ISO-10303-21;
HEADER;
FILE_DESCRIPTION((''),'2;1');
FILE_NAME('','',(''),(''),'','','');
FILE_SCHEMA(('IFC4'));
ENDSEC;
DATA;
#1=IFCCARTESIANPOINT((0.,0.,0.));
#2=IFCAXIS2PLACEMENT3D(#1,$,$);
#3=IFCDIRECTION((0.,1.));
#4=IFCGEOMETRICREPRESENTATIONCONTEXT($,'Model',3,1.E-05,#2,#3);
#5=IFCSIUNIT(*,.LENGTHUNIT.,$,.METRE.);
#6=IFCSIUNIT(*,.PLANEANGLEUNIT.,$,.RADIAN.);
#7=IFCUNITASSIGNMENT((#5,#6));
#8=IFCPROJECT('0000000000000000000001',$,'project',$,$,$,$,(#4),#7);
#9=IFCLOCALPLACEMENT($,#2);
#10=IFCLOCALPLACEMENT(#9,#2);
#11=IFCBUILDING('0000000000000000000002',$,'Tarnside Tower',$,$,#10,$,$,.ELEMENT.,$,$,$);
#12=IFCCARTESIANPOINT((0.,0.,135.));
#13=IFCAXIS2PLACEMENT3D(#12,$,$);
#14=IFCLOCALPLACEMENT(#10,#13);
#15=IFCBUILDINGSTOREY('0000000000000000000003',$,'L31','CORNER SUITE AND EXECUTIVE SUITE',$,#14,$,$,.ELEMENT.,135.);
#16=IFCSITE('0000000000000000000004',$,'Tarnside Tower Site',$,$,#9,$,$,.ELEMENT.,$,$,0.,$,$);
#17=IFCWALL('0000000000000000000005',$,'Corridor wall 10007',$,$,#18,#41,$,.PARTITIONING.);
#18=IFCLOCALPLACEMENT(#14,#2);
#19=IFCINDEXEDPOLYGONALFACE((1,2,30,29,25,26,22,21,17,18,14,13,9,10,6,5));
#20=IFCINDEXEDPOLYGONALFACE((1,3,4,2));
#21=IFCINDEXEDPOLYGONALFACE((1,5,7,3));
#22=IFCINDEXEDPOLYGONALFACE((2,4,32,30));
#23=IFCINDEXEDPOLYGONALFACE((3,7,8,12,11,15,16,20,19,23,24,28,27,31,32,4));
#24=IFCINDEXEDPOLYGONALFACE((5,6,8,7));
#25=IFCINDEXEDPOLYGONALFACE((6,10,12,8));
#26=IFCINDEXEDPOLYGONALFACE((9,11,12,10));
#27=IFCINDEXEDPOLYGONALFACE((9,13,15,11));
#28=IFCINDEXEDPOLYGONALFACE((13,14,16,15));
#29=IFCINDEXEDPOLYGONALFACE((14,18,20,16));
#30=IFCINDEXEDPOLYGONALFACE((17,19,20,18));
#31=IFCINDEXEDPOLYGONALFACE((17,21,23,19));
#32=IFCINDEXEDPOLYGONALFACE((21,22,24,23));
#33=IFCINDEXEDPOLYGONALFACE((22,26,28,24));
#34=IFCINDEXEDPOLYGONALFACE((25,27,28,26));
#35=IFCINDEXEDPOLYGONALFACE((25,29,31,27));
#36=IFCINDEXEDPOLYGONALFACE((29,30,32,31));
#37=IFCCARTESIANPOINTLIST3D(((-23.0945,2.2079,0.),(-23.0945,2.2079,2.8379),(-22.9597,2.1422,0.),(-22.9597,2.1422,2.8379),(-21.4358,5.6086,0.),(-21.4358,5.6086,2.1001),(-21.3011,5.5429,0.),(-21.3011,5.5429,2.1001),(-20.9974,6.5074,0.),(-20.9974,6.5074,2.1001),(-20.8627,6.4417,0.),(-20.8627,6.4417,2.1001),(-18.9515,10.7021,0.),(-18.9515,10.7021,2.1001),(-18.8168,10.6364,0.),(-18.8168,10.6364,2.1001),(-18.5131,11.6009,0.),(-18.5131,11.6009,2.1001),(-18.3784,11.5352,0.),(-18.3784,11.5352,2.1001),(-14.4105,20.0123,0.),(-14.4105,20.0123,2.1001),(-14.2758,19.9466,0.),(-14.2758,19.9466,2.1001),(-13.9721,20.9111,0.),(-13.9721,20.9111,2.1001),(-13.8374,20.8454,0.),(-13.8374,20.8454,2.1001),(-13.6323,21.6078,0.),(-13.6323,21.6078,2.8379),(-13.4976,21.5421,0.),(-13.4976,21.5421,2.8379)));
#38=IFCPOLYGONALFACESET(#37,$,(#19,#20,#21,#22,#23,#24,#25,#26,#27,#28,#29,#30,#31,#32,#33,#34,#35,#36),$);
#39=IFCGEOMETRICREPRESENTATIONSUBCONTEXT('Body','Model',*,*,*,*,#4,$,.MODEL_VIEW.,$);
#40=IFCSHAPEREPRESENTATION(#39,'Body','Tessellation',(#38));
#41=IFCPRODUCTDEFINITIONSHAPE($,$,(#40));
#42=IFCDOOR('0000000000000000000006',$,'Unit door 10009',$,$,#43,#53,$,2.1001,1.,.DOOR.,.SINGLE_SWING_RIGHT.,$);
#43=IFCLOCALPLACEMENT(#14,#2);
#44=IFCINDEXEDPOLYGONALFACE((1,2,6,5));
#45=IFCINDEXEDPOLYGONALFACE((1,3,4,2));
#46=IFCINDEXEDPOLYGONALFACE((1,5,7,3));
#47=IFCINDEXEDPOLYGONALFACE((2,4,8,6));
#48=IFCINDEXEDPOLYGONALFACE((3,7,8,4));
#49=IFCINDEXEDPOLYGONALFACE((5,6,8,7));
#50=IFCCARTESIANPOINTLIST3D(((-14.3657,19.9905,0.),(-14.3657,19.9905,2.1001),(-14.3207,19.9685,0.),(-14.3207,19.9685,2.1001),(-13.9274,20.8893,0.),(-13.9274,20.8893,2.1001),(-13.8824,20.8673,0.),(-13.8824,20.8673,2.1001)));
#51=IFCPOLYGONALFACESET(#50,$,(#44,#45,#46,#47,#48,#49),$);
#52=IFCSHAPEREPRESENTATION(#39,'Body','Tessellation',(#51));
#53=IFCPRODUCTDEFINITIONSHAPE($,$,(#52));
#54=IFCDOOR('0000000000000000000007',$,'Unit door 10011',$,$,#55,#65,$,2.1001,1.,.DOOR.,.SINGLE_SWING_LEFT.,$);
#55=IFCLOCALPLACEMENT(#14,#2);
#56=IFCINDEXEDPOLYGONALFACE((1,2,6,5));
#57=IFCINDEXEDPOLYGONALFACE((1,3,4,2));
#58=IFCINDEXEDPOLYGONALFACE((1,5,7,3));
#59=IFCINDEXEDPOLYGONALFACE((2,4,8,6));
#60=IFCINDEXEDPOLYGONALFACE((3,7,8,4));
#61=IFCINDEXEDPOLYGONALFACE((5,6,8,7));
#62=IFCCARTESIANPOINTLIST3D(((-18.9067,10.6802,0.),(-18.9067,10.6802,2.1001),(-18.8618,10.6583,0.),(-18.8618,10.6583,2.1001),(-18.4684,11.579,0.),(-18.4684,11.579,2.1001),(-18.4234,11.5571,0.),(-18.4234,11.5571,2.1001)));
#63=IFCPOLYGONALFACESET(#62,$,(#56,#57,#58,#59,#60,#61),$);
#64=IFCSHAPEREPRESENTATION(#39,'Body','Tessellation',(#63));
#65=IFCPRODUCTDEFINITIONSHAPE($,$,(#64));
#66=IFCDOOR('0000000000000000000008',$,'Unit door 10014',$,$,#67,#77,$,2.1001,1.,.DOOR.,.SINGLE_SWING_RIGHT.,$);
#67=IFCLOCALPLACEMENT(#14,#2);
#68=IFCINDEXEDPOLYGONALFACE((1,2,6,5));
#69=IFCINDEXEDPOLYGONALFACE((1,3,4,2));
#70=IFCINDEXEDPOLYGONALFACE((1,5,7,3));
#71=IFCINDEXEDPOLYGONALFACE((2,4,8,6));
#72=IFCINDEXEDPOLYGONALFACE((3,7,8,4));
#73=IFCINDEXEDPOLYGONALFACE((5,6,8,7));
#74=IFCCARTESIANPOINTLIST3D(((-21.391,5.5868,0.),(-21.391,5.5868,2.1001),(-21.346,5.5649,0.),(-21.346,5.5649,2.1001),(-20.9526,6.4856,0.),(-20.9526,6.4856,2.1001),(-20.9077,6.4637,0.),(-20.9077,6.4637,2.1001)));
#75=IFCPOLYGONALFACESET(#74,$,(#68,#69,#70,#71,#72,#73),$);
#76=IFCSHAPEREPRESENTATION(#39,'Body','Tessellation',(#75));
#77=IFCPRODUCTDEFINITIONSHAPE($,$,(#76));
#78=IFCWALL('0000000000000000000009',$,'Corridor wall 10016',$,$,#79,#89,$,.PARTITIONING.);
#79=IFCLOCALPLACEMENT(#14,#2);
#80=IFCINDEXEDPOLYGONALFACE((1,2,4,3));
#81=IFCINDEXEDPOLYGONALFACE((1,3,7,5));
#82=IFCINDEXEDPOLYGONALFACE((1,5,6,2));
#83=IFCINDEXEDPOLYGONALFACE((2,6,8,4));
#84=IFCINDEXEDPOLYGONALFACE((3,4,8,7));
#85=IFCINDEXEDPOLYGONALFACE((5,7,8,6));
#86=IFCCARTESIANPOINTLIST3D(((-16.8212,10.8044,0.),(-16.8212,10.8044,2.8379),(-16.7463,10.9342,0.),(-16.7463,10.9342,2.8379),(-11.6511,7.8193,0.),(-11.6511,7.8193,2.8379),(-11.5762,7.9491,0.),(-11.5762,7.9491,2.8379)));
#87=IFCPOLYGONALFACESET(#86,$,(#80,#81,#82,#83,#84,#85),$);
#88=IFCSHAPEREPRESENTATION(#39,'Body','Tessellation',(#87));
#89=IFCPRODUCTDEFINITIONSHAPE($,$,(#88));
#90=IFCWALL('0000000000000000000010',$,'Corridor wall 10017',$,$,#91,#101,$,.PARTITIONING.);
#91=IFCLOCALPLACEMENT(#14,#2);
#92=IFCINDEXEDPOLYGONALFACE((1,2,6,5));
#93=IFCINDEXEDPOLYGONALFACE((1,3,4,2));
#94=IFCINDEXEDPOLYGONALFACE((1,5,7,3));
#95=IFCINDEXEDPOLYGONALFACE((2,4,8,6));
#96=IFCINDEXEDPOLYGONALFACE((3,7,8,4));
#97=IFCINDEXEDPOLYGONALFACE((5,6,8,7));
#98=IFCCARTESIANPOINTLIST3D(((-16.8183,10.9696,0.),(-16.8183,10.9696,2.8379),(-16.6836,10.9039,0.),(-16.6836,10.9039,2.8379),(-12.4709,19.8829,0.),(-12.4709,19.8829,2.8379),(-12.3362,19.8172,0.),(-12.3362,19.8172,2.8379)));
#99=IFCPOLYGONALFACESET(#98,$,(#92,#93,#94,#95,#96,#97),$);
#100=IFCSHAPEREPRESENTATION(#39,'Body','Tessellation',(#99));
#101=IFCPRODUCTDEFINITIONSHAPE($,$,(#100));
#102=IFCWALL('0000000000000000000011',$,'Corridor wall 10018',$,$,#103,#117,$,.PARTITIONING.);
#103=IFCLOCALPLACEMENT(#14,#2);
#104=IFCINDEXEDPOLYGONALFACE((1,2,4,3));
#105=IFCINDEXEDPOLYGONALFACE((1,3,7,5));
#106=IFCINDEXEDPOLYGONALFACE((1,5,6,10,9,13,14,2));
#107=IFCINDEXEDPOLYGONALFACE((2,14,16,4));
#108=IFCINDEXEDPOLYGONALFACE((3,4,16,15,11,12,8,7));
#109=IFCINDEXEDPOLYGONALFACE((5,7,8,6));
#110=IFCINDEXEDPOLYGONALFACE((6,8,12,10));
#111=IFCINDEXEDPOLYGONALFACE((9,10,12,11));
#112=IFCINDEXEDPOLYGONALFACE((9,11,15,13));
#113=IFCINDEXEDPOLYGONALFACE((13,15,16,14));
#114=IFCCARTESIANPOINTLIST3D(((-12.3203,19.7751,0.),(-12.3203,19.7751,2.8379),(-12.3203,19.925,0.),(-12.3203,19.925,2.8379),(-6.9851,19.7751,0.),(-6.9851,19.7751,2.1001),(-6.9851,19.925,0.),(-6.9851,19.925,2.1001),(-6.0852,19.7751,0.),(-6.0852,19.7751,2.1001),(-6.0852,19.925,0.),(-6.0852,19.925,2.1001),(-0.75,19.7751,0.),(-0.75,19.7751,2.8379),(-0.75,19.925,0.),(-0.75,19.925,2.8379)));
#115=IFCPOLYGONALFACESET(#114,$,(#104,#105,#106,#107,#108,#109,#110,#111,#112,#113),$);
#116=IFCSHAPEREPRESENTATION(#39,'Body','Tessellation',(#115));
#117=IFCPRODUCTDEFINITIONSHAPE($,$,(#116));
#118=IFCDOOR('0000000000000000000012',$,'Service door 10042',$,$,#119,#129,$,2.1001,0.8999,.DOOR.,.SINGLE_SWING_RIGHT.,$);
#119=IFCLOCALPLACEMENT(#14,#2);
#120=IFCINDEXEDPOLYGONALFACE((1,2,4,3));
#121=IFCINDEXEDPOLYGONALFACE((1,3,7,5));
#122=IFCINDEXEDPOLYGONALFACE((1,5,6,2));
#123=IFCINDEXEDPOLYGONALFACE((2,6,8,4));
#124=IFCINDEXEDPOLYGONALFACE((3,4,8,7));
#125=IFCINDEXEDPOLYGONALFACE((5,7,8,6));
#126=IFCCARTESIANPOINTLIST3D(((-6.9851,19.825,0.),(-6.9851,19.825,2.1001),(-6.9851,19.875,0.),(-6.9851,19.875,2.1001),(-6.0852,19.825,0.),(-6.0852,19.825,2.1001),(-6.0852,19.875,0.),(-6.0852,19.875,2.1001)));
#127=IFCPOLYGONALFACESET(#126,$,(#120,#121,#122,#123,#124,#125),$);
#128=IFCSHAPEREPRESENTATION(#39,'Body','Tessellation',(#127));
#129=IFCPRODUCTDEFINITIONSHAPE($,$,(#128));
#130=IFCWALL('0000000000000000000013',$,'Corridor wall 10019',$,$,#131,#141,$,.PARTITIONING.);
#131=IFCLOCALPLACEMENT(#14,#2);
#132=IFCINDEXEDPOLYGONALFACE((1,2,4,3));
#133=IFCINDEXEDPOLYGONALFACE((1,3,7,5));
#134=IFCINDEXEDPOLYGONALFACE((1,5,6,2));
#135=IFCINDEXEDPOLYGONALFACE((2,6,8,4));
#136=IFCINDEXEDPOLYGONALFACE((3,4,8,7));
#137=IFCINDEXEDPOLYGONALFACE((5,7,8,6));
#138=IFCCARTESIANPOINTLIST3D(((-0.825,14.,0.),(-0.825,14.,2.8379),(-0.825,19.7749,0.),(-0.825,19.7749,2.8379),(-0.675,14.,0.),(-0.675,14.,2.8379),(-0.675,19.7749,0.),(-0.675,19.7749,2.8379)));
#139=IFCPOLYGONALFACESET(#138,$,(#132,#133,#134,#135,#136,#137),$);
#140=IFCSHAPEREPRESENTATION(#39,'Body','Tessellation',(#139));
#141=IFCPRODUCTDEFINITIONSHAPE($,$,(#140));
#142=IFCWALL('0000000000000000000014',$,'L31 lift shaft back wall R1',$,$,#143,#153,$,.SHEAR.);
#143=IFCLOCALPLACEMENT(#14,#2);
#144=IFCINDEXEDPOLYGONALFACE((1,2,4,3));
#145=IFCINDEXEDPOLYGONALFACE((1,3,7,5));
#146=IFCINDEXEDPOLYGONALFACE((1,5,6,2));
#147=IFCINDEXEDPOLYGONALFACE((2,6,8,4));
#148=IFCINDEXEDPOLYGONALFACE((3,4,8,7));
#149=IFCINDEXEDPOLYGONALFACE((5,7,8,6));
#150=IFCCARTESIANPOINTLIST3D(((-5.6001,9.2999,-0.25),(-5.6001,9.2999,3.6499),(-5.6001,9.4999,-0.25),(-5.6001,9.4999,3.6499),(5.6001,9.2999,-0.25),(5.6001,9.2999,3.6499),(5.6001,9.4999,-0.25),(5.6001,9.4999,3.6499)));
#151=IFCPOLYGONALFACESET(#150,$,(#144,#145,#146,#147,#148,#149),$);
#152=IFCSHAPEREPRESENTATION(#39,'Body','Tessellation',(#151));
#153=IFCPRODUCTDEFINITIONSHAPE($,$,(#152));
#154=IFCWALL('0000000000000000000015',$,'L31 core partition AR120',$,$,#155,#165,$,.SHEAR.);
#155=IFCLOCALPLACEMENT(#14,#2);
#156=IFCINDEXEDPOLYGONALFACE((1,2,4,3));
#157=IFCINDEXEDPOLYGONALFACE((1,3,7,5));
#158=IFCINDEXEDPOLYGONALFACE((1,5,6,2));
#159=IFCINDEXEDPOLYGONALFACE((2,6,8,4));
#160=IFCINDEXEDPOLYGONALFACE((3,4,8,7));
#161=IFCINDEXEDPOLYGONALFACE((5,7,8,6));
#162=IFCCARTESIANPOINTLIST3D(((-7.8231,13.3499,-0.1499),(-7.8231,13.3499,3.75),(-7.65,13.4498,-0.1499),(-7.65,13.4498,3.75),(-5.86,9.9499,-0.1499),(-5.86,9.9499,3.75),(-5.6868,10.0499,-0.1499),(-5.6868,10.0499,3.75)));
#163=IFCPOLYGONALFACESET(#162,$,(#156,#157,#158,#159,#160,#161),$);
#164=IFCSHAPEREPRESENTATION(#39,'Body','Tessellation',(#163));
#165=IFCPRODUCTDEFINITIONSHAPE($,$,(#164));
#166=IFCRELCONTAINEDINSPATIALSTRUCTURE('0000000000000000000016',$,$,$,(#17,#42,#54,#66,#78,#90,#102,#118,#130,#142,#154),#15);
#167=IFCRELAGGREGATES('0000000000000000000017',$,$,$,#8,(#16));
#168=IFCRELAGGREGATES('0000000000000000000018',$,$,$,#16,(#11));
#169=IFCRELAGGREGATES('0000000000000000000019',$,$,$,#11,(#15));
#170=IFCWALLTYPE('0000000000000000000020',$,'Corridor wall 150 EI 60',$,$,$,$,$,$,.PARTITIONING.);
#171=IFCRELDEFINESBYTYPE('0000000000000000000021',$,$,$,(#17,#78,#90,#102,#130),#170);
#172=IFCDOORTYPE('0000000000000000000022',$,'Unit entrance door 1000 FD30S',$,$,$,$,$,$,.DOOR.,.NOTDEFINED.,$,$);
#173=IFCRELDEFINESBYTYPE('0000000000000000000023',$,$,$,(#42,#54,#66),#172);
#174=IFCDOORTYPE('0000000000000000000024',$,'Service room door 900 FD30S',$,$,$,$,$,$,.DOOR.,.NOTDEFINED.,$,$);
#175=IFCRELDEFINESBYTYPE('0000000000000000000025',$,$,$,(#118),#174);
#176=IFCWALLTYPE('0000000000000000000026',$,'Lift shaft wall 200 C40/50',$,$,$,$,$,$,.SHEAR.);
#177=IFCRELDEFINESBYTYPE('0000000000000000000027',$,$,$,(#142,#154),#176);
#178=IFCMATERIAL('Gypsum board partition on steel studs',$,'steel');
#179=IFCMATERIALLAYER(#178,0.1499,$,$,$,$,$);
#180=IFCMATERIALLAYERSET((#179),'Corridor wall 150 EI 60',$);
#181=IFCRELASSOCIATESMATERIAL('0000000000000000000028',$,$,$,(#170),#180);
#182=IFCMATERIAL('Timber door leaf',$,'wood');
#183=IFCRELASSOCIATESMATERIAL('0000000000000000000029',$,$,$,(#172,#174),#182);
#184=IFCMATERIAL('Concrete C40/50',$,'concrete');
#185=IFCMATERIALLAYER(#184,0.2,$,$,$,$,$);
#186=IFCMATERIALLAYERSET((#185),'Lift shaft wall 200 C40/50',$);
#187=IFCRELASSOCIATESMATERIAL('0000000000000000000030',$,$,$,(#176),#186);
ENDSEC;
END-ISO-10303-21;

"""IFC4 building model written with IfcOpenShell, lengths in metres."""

from ifc_helpers import new_model, si_unit, direction, frame, frame_2d, origin, place, context, subcontext, project, spatial, rectangle, extrude, material, layer, layer_set, type_object, element, fill, save


model = new_model("IFC4")

# Units and contexts
model_context = context("Model", 3, precision=1e-05, world=origin(), true_north=direction((0.0, 1.0)))
body_context = subcontext(model_context, "Body", "Model", "MODEL_VIEW")
ifc_project = project(units=[si_unit("LENGTHUNIT", "METRE"), si_unit("PLANEANGLEUNIT", "RADIAN")], contexts=[model_context])

# Site, building, storey
site_placement = place(None, origin())
site = spatial("IfcSite", under=ifc_project, at=site_placement, Name="Tarnside Tower Site", CompositionType="ELEMENT", RefElevation=0.0)
building_placement = place(site_placement, origin())
building = spatial("IfcBuilding", under=site, at=building_placement, Name="Tarnside Tower", CompositionType="ELEMENT")
storey_placement = place(building_placement, frame((0.0, 0.0, 135.0)))
storey = spatial("IfcBuildingStorey", under=building, at=storey_placement, Name="L31", Description="CORNER SUITE AND EXECUTIVE SUITE", CompositionType="ELEMENT", Elevation=135.0)

# Shared definitions
ifc_material_1 = material(Name="Gypsum board partition on steel studs", Category="steel")

# Shared definitions
ifc_material_2 = material(Name="Timber door leaf", Category="wood")

# Wall, openings, doors
ifc_layer_1 = layer(ifc_material_1, 0.1499)
ifc_layer_set_1 = layer_set([ifc_layer_1], Name="Corridor wall 150 EI 60")
wall_type_1 = type_object("IfcWallType", Name="Corridor wall 150 EI 60", PredefinedType="PARTITIONING", material=ifc_layer_set_1)
wall_1_placement = place(storey_placement, frame((-13.5649, 21.575, 0.0), z_axis=(0.0, 0.0, 1.0), x_axis=(-0.438378, -0.898791, 0.0)))
wall_1 = element("IfcWall", 1, at=wall_1_placement, inside=storey, type_object=wall_type_1, Name="Corridor wall 10007", PredefinedType="PARTITIONING", context=body_context, shape_type="SweptSolid", body=[
    extrude(rectangle(XDim=21.5845, YDim=0.1499, at=frame_2d((10.7922, 0.0))), origin(), (0.0, 0.0, 1.0), 2.8379),
])
opening_1_placement = place(wall_1_placement, frame((0.7751, 0.0, 0.0)))
opening_1 = element("IfcOpeningElement", 2, at=opening_1_placement, cuts=wall_1, PredefinedType="OPENING", context=body_context, shape_type="SweptSolid", body=[
    extrude(rectangle(XDim=1.0, YDim=2.1001, at=frame_2d((0.5, 1.05))), frame((0.0, 0.085, 0.0), z_axis=(0.0, -1.0, 0.0), x_axis=(1.0, 0.0, 0.0)), (0.0, 0.0, 1.0), 0.1699),
])
opening_2_placement = place(wall_1_placement, frame((11.1338, 0.0, 0.0)))
opening_2 = element("IfcOpeningElement", 3, at=opening_2_placement, cuts=wall_1, PredefinedType="OPENING", context=body_context, shape_type="SweptSolid", body=[
    extrude(rectangle(XDim=1.0, YDim=2.1001, at=frame_2d((0.5, 1.05))), frame((0.0, 0.085, 0.0), z_axis=(0.0, -1.0, 0.0), x_axis=(1.0, 0.0, 0.0)), (0.0, 0.0, 1.0), 0.1699),
])
opening_3_placement = place(wall_1_placement, frame((16.8008, 0.0, 0.0)))
opening_3 = element("IfcOpeningElement", 4, at=opening_3_placement, cuts=wall_1, PredefinedType="OPENING", context=body_context, shape_type="SweptSolid", body=[
    extrude(rectangle(XDim=1.0, YDim=2.1001, at=frame_2d((0.5, 1.05))), frame((0.0, 0.085, 0.0), z_axis=(0.0, -1.0, 0.0), x_axis=(1.0, 0.0, 0.0)), (0.0, 0.0, 1.0), 0.1699),
])
door_type_1 = type_object("IfcDoorType", Name="Unit entrance door 1000 FD30S", OperationType="NOTDEFINED", PredefinedType="DOOR", material=ifc_material_2)
door_1_placement = place(opening_1_placement, origin())
door_1 = element("IfcDoor", 5, at=door_1_placement, inside=storey, type_object=door_type_1, Name="Unit door 10009", OperationType="SINGLE_SWING_RIGHT", OverallHeight=2.1001, OverallWidth=1.0, PredefinedType="DOOR", context=body_context, shape_type="SweptSolid", body=[
    extrude(rectangle(XDim=1.0, YDim=2.1001, at=frame_2d((0.5, 1.05))), frame((0.0, 0.0249, 0.0), z_axis=(0.0, -1.0, 0.0), x_axis=(1.0, 0.0, 0.0)), (0.0, 0.0, 1.0), 0.05),
])
fill(opening_1, door_1)
door_2_placement = place(opening_2_placement, origin())
door_2 = element("IfcDoor", 6, at=door_2_placement, inside=storey, type_object=door_type_1, Name="Unit door 10011", OperationType="SINGLE_SWING_LEFT", OverallHeight=2.1001, OverallWidth=1.0, PredefinedType="DOOR", context=body_context, shape_type="SweptSolid", body=[
    extrude(rectangle(XDim=1.0, YDim=2.1001, at=frame_2d((0.5, 1.05))), frame((0.0, 0.0249, 0.0), z_axis=(0.0, -1.0, 0.0), x_axis=(1.0, 0.0, 0.0)), (0.0, 0.0, 1.0), 0.05),
])
fill(opening_2, door_2)
door_3_placement = place(opening_3_placement, origin())
door_3 = element("IfcDoor", 7, at=door_3_placement, inside=storey, type_object=door_type_1, Name="Unit door 10014", OperationType="SINGLE_SWING_RIGHT", OverallHeight=2.1001, OverallWidth=1.0, PredefinedType="DOOR", context=body_context, shape_type="SweptSolid", body=[
    extrude(rectangle(XDim=1.0, YDim=2.1001, at=frame_2d((0.5, 1.05))), frame((0.0, 0.0249, 0.0), z_axis=(0.0, -1.0, 0.0), x_axis=(1.0, 0.0, 0.0)), (0.0, 0.0, 1.0), 0.05),
])
fill(opening_3, door_3)

# Walls
wall_2_placement = place(storey_placement, frame((-11.6138, 7.8843, 0.0), z_axis=(0.0, 0.0, 1.0), x_axis=(-0.866017, 0.500014, 0.0)))
element("IfcWall", 8, at=wall_2_placement, inside=storey, type_object=wall_type_1, Name="Corridor wall 10016", PredefinedType="PARTITIONING", context=body_context, shape_type="SweptSolid", body=[
    extrude(rectangle(XDim=5.97, YDim=0.1499, at=frame_2d((2.9849, 0.0))), origin(), (0.0, 0.0, 1.0), 2.8379),
])
wall_3_placement = place(storey_placement, frame((-16.751, 10.9368, 0.0), z_axis=(0.0, 0.0, 1.0), x_axis=(0.438379, 0.89879, 0.0)))
element("IfcWall", 9, at=wall_3_placement, inside=storey, type_object=wall_type_1, Name="Corridor wall 10017", PredefinedType="PARTITIONING", context=body_context, shape_type="SweptSolid", body=[
    extrude(rectangle(XDim=9.917, YDim=0.1499, at=frame_2d((4.9585, 0.0))), origin(), (0.0, 0.0, 1.0), 2.8379),
])

# Wall, opening, door
wall_4_placement = place(storey_placement, frame((-12.3203, 19.8501, 0.0), z_axis=(0.0, 0.0, 1.0), x_axis=(1.0, 0.0, 0.0)))
wall_4 = element("IfcWall", 10, at=wall_4_placement, inside=storey, type_object=wall_type_1, Name="Corridor wall 10018", PredefinedType="PARTITIONING", context=body_context, shape_type="SweptSolid", body=[
    extrude(rectangle(XDim=11.5703, YDim=0.1499, at=frame_2d((5.7852, 0.0))), origin(), (0.0, 0.0, 1.0), 2.8379),
])
opening_4_placement = place(wall_4_placement, frame((5.3352, 0.0, 0.0)))
opening_4 = element("IfcOpeningElement", 11, at=opening_4_placement, cuts=wall_4, PredefinedType="OPENING", context=body_context, shape_type="SweptSolid", body=[
    extrude(rectangle(XDim=0.8999, YDim=2.1001, at=frame_2d((0.45, 1.05))), frame((0.0, 0.085, 0.0), z_axis=(0.0, -1.0, 0.0), x_axis=(1.0, 0.0, 0.0)), (0.0, 0.0, 1.0), 0.1699),
])
door_type_2 = type_object("IfcDoorType", Name="Service room door 900 FD30S", OperationType="NOTDEFINED", PredefinedType="DOOR", material=ifc_material_2)
door_4_placement = place(opening_4_placement, origin())
door_4 = element("IfcDoor", 12, at=door_4_placement, inside=storey, type_object=door_type_2, Name="Service door 10042", OperationType="SINGLE_SWING_RIGHT", OverallHeight=2.1001, OverallWidth=0.8999, PredefinedType="DOOR", context=body_context, shape_type="SweptSolid", body=[
    extrude(rectangle(XDim=0.8999, YDim=2.1001, at=frame_2d((0.45, 1.05))), frame((0.0, 0.0249, 0.0), z_axis=(0.0, -1.0, 0.0), x_axis=(1.0, 0.0, 0.0)), (0.0, 0.0, 1.0), 0.05),
])
fill(opening_4, door_4)

# Walls
wall_5_placement = place(storey_placement, frame((-0.75, 19.7749, 0.0), z_axis=(0.0, 0.0, 1.0), x_axis=(0.0, -1.0, 0.0)))
element("IfcWall", 13, at=wall_5_placement, inside=storey, type_object=wall_type_1, Name="Corridor wall 10019", PredefinedType="PARTITIONING", context=body_context, shape_type="SweptSolid", body=[
    extrude(rectangle(XDim=5.7749, YDim=0.1499, at=frame_2d((2.8875, 0.0))), origin(), (0.0, 0.0, 1.0), 2.8379),
])
ifc_material_3 = material(Name="Concrete C40/50", Category="concrete")
ifc_layer_2 = layer(ifc_material_3, 0.2)
ifc_layer_set_2 = layer_set([ifc_layer_2], Name="Lift shaft wall 200 C40/50")
wall_type_2 = type_object("IfcWallType", Name="Lift shaft wall 200 C40/50", PredefinedType="SHEAR", material=ifc_layer_set_2)
wall_6_placement = place(storey_placement, frame((-5.6001, 9.3999, -0.25), z_axis=(0.0, 0.0, 1.0), x_axis=(1.0, 0.0, 0.0)))
element("IfcWall", 14, at=wall_6_placement, inside=storey, type_object=wall_type_2, Name="L31 lift shaft back wall R1", PredefinedType="SHEAR", context=body_context, shape_type="SweptSolid", body=[
    extrude(rectangle(XDim=11.2002, YDim=0.2, at=frame_2d((5.6001, 0.0))), origin(), (0.0, 0.0, 1.0), 3.8999),
])
wall_7_placement = place(storey_placement, frame((-5.7734, 10.0, -0.1499), z_axis=(0.0, 0.0, 1.0), x_axis=(-0.500038, 0.866003, 0.0)))
element("IfcWall", 15, at=wall_7_placement, inside=storey, type_object=wall_type_2, Name="L31 core partition AR120", PredefinedType="SHEAR", context=body_context, shape_type="SweptSolid", body=[
    extrude(rectangle(XDim=3.926, YDim=0.2, at=frame_2d((1.9629, 0.0))), origin(), (0.0, 0.0, 1.0), 3.8999),
])

save(model, "model.ifc")
